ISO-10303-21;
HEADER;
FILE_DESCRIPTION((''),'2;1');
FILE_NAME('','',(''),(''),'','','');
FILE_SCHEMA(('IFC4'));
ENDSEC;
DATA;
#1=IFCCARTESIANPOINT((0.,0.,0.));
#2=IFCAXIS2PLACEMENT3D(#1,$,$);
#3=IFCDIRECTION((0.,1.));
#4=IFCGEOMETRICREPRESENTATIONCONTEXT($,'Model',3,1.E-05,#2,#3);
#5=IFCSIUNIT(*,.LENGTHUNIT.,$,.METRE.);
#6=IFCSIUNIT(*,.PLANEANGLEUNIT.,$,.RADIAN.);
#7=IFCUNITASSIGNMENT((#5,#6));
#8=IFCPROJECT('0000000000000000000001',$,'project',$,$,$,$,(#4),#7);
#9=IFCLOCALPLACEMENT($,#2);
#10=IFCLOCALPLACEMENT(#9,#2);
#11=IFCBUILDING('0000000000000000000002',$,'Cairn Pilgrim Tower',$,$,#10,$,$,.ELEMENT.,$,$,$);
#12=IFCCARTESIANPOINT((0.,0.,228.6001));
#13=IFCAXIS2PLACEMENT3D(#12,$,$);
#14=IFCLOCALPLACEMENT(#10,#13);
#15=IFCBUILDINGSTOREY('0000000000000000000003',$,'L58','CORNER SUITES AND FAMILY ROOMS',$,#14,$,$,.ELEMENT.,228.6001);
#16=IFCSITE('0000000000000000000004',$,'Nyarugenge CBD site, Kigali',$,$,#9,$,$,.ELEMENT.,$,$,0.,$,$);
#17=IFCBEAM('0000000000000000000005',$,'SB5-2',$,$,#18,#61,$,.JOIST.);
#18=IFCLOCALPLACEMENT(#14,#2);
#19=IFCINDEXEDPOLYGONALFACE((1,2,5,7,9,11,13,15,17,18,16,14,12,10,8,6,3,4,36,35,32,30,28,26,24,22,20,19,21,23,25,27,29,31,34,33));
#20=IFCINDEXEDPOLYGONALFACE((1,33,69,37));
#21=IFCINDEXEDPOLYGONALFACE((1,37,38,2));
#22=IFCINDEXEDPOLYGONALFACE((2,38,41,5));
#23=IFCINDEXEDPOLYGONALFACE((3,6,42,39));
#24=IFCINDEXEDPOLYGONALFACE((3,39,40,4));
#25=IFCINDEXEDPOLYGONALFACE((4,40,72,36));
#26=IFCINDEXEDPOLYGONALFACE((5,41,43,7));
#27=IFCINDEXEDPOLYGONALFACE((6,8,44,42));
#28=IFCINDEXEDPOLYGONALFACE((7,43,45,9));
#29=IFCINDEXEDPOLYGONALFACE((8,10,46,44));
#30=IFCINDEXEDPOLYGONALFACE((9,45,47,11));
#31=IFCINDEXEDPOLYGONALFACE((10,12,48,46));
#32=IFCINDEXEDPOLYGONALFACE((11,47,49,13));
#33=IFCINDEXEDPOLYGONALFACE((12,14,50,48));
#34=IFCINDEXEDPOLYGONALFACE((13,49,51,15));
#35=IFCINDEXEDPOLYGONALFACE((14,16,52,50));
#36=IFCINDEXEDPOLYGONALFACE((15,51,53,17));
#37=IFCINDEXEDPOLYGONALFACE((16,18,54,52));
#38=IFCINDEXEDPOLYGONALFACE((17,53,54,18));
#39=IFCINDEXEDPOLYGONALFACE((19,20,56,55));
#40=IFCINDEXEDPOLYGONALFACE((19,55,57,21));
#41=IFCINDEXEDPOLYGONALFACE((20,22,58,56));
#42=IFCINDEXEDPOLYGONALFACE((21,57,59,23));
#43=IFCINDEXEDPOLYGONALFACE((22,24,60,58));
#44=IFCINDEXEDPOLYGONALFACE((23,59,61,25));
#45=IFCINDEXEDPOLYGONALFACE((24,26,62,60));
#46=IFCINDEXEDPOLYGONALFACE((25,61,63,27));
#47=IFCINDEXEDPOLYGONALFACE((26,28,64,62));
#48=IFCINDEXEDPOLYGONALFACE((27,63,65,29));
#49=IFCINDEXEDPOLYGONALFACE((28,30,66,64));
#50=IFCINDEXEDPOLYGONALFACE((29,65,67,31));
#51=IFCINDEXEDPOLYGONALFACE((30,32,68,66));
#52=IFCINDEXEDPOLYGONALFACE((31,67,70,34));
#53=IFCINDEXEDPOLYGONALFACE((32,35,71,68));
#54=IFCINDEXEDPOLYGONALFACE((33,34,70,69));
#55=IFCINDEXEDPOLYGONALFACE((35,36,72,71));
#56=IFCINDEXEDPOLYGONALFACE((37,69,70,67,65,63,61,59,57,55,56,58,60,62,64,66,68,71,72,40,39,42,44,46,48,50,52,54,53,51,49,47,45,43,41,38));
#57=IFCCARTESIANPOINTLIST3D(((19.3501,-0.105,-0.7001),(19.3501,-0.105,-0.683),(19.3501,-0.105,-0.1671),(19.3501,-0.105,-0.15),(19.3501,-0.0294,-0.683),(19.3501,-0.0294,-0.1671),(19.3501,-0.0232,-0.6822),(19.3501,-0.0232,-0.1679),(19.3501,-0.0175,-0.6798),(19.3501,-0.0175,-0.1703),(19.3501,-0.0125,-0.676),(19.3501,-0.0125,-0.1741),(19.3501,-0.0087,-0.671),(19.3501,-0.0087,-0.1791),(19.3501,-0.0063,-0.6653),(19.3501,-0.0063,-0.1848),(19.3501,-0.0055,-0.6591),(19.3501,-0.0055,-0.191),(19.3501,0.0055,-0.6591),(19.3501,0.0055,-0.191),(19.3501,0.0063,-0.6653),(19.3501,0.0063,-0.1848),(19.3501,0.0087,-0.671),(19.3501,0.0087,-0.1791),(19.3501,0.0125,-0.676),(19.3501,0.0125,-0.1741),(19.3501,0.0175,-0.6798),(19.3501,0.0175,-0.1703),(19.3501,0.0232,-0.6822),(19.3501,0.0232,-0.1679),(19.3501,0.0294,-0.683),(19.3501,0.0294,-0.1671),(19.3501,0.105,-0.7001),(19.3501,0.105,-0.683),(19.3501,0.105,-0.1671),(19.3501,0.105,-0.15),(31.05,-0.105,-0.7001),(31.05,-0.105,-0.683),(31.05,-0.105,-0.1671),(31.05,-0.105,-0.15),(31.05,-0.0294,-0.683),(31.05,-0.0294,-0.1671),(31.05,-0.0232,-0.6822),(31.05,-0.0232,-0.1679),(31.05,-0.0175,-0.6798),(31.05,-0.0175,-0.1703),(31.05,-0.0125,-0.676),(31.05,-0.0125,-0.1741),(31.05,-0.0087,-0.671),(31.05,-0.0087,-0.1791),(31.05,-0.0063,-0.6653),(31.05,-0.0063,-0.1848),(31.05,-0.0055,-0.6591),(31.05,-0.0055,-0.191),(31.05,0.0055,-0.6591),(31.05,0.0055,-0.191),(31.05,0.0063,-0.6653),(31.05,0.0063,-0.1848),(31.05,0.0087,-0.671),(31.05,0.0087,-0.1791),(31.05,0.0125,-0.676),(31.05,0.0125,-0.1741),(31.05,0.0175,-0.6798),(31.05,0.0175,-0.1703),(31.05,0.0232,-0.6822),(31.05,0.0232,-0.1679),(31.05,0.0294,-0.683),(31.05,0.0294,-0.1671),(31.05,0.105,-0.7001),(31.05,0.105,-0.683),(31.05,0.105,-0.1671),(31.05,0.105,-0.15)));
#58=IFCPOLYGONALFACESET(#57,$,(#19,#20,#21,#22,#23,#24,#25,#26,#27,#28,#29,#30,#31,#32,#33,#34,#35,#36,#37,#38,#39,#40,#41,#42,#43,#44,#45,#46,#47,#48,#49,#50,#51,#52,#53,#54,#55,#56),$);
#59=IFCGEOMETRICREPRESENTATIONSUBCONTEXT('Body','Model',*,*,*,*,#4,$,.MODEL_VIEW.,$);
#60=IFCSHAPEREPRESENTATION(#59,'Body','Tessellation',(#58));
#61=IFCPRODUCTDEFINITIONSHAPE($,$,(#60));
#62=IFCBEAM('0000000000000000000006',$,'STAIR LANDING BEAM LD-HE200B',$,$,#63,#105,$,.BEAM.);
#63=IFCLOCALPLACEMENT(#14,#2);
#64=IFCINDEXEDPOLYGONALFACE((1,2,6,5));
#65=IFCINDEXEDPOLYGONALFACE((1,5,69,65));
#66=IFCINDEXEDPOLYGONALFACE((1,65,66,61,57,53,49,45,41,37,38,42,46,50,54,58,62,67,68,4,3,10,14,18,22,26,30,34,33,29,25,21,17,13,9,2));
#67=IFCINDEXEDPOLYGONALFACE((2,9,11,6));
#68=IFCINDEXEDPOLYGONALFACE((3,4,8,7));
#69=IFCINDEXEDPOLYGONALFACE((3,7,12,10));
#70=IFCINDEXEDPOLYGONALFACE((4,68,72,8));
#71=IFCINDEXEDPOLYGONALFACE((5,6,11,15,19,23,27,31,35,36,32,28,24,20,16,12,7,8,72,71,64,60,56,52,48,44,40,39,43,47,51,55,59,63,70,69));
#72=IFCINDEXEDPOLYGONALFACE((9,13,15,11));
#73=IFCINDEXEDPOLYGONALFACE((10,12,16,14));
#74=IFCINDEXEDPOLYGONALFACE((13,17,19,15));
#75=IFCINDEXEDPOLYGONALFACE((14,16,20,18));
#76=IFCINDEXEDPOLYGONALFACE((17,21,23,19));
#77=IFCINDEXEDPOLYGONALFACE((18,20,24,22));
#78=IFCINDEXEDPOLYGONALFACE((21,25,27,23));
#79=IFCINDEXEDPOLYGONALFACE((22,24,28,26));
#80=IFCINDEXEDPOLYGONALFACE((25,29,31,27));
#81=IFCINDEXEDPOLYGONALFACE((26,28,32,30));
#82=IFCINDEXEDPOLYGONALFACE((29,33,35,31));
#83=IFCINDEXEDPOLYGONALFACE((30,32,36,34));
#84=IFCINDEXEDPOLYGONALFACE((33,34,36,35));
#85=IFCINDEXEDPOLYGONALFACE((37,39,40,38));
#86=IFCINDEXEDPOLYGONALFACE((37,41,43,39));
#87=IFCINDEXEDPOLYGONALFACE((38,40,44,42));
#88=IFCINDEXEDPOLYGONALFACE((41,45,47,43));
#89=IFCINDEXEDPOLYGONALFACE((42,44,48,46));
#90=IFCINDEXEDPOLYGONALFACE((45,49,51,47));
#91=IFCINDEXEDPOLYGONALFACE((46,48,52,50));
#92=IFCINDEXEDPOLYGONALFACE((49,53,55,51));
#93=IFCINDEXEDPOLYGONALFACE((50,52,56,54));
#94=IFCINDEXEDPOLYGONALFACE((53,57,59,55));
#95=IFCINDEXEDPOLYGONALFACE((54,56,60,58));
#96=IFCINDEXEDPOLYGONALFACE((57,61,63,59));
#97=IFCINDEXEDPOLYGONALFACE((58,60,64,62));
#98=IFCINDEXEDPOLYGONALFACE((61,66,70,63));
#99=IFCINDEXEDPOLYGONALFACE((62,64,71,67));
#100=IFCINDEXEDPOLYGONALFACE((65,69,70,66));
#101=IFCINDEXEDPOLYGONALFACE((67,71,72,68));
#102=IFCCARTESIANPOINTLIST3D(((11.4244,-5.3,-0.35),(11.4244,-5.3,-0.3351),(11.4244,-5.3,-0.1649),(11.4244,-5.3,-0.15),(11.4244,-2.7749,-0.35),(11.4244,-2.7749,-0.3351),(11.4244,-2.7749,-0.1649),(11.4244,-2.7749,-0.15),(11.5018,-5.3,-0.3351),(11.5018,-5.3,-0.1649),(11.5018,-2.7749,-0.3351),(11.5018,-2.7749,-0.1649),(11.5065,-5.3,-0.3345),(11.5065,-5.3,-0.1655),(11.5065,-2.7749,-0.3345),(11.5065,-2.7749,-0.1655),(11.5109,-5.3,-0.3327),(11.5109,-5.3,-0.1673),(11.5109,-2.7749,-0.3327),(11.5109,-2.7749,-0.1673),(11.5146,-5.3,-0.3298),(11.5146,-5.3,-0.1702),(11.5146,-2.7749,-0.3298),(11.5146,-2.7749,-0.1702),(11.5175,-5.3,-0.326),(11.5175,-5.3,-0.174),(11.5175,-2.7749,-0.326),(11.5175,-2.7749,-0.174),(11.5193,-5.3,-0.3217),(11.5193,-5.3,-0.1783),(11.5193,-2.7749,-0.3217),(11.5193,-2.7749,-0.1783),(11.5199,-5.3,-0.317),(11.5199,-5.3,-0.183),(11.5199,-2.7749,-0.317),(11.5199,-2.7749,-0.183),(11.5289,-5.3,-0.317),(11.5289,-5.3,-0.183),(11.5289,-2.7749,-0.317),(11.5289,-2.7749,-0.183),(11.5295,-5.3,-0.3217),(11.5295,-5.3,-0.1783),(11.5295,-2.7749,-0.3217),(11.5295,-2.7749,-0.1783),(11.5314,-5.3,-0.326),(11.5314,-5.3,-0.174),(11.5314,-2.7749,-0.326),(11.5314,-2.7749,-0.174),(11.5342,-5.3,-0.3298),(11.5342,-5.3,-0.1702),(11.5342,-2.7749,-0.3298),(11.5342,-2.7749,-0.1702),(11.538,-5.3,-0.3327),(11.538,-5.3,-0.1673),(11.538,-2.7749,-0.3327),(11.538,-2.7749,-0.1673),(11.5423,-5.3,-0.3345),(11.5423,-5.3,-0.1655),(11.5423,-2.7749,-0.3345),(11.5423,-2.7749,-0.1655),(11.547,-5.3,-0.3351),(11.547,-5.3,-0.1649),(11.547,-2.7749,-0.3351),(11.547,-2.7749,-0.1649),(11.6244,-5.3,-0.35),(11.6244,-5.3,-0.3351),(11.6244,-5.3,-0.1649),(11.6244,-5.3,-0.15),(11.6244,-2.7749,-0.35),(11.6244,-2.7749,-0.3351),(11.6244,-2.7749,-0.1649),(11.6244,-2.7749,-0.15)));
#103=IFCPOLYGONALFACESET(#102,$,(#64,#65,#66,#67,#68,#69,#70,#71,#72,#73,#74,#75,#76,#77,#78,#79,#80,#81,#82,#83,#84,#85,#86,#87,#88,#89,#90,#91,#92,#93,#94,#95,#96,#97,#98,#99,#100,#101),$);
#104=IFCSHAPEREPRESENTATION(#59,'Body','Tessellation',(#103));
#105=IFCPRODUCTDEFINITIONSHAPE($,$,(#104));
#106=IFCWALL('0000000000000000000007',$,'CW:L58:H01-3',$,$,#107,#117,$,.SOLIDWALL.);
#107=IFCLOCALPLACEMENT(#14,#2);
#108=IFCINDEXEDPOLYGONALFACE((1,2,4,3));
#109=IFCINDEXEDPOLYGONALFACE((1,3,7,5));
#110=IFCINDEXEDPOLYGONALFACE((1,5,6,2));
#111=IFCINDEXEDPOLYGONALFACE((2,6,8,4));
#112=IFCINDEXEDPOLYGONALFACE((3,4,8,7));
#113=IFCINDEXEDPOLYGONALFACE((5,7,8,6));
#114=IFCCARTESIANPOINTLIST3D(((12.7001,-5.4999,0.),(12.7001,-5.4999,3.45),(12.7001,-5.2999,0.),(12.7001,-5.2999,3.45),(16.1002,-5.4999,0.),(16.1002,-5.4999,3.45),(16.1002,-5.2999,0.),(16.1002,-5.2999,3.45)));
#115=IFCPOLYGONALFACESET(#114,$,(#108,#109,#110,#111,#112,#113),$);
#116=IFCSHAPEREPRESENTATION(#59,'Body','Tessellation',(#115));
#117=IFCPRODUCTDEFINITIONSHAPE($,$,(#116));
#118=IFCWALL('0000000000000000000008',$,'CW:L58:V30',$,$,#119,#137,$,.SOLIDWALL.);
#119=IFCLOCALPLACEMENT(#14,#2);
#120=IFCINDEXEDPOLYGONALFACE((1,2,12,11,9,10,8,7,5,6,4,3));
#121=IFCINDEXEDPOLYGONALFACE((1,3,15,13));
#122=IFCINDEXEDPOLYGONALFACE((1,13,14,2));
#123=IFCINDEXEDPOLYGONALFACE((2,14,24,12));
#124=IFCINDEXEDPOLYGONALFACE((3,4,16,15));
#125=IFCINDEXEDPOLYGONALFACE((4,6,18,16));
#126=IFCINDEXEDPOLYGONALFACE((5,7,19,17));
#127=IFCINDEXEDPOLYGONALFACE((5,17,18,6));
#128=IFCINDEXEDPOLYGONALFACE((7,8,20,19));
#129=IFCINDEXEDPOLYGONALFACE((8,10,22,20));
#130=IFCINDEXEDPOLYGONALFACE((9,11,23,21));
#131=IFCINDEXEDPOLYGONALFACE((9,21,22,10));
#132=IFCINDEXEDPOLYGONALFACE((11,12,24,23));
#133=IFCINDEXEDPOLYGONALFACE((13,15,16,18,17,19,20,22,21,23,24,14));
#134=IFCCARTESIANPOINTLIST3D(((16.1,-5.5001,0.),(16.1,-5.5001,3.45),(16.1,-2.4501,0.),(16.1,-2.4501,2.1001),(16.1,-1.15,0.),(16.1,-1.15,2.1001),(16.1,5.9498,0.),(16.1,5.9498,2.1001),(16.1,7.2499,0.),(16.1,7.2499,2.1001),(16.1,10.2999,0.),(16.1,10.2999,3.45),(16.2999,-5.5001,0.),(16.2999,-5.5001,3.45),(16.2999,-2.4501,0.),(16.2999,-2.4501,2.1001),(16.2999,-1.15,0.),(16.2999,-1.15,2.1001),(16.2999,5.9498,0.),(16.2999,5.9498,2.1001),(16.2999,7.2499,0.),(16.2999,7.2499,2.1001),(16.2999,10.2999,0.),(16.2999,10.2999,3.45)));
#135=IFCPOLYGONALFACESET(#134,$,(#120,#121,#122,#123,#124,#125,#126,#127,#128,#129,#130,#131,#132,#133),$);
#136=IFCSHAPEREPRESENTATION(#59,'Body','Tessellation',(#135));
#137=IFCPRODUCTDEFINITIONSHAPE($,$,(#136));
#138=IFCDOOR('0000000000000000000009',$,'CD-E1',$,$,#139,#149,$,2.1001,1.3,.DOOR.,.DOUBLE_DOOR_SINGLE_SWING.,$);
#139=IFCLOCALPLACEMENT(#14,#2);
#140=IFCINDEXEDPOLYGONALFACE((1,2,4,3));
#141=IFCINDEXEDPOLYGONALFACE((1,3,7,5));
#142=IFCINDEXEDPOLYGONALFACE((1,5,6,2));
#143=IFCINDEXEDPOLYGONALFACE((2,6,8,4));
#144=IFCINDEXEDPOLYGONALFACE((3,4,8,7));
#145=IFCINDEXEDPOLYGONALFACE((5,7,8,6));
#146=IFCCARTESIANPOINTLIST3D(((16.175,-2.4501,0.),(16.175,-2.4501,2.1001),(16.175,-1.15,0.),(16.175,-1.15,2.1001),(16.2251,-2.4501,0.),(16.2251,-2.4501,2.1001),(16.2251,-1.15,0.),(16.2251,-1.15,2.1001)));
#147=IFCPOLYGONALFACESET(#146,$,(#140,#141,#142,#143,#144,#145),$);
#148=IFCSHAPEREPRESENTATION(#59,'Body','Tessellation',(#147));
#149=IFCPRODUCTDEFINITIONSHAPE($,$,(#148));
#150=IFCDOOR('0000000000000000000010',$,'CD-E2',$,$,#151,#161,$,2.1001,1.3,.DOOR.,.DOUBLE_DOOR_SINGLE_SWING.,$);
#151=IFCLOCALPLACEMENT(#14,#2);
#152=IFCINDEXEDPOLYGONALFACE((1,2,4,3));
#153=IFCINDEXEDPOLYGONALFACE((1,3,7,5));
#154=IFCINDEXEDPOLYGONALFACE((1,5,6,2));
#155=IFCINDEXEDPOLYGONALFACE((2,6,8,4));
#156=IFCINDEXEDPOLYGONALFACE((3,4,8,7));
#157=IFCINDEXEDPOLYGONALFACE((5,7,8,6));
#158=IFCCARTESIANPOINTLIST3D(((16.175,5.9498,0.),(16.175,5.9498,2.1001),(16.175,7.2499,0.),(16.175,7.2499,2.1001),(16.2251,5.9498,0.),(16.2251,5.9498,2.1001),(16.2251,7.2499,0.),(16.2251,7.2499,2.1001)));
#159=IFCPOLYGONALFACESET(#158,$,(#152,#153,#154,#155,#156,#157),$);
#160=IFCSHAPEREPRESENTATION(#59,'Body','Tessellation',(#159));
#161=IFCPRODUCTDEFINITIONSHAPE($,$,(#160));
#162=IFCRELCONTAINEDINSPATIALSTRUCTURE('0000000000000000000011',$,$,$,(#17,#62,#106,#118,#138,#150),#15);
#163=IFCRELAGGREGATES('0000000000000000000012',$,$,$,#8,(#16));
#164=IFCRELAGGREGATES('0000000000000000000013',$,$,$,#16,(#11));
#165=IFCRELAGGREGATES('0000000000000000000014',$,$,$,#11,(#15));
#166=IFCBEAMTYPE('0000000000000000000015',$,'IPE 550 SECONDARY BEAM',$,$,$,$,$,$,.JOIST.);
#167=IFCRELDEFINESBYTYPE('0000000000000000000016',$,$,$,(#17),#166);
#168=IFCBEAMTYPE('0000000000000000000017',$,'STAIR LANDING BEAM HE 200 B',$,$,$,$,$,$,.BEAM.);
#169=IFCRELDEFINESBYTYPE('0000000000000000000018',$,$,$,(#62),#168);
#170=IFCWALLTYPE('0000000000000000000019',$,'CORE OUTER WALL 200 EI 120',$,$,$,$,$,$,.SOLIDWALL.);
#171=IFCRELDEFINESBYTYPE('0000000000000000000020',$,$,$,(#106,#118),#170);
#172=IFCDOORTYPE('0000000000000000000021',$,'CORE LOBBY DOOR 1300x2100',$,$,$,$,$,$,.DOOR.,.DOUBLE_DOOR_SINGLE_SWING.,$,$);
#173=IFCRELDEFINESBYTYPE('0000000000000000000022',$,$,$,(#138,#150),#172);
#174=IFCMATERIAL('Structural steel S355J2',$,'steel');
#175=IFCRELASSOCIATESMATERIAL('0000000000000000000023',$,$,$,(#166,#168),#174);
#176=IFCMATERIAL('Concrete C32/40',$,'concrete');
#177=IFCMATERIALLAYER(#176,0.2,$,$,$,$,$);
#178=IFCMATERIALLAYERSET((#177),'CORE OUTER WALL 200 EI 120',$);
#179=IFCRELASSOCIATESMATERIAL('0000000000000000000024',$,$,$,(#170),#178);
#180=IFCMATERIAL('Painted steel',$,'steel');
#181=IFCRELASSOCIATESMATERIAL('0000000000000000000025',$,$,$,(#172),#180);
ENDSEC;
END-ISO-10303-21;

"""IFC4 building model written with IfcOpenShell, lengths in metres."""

from ifc_helpers import new_model, si_unit, direction, frame, frame_2d, origin, origin_2d, place, context, subcontext, project, spatial, rectangle, i_section, extrude, material, layer, layer_set, material_profile, profile_set, type_object, element, fill, save


model = new_model("IFC4")

# Units and contexts
model_context = context("Model", 3, precision=1e-05, world=origin(), true_north=direction((0.0, 1.0)))
body_context = subcontext(model_context, "Body", "Model", "MODEL_VIEW")
ifc_project = project(units=[si_unit("LENGTHUNIT", "METRE"), si_unit("PLANEANGLEUNIT", "RADIAN")], contexts=[model_context])

# Site, building, storey
site_placement = place(None, origin())
site = spatial("IfcSite", under=ifc_project, at=site_placement, Name="Nyarugenge CBD site, Kigali", CompositionType="ELEMENT", RefElevation=0.0)
building_placement = place(site_placement, origin())
building = spatial("IfcBuilding", under=site, at=building_placement, Name="Cairn Pilgrim Tower", CompositionType="ELEMENT")
storey_placement = place(building_placement, frame((0.0, 0.0, 228.6001)))
storey = spatial("IfcBuildingStorey", under=building, at=storey_placement, Name="L58", Description="CORNER SUITES AND FAMILY ROOMS", CompositionType="ELEMENT", Elevation=228.6001)

# Shared definitions
ifc_material_1 = material(Name="Structural steel S355J2", Category="steel")

# Beams
ifc_material_profile_1 = material_profile(ifc_material_1, i_section(OverallWidth=0.21, OverallDepth=0.55, WebThickness=0.011, FlangeThickness=0.0171, FilletRadius=0.0239, at=origin_2d()), Name="IPE 550")
ifc_profile_set_1 = profile_set([ifc_material_profile_1], Name="Structural steel S355J2")
beam_type_1 = type_object("IfcBeamType", Name="IPE 550 SECONDARY BEAM", PredefinedType="JOIST", material=ifc_profile_set_1)
for number, where, z_axis, x_axis, name in (
    (1, (19.3501, 0.0, -0.425), (1.0, 0.0, 0.0), (0.0, 1.0, 0.0), "SB5-2"),
):
    element("IfcBeam", number, at=place(storey_placement, frame(where, z_axis=z_axis, x_axis=x_axis)), inside=storey, type_object=beam_type_1, Name=name, PredefinedType="JOIST", context=body_context, shape_type="SweptSolid", body=[
        extrude(i_section(OverallWidth=0.21, OverallDepth=0.55, WebThickness=0.011, FlangeThickness=0.0171, FilletRadius=0.0239, at=origin_2d()), origin(), (0.0, 0.0, 1.0), 11.7),
    ])
ifc_material_profile_2 = material_profile(ifc_material_1, i_section(OverallWidth=0.2, OverallDepth=0.2, WebThickness=0.009, FlangeThickness=0.0149, FilletRadius=0.0181, at=origin_2d()), Name="HE 200 B")
ifc_profile_set_2 = profile_set([ifc_material_profile_2], Name="Structural steel S355J2")
beam_type_2 = type_object("IfcBeamType", Name="STAIR LANDING BEAM HE 200 B", PredefinedType="BEAM", material=ifc_profile_set_2)
beam_1_placement = place(storey_placement, frame((11.5244, -2.7749, -0.25), z_axis=(0.0, -1.0, 0.0), x_axis=(1.0, 0.0, 0.0)))
element("IfcBeam", 2, at=beam_1_placement, inside=storey, type_object=beam_type_2, Name="STAIR LANDING BEAM LD-HE200B", PredefinedType="BEAM", context=body_context, shape_type="SweptSolid", body=[
    extrude(i_section(OverallWidth=0.2, OverallDepth=0.2, WebThickness=0.009, FlangeThickness=0.0149, FilletRadius=0.0181, at=origin_2d()), origin(), (0.0, 0.0, 1.0), 2.5251),
])

# Wall
ifc_material_2 = material(Name="Concrete C32/40", Category="concrete")
ifc_layer_1 = layer(ifc_material_2, 0.2)
ifc_layer_set_1 = layer_set([ifc_layer_1], Name="CORE OUTER WALL 200 EI 120")
wall_type_1 = type_object("IfcWallType", Name="CORE OUTER WALL 200 EI 120", PredefinedType="SOLIDWALL", material=ifc_layer_set_1)
wall_1_placement = place(storey_placement, frame((12.7, -5.3999, 0.0), z_axis=(0.0, 0.0, 1.0), x_axis=(1.0, 0.0, 0.0)))
element("IfcWall", 3, at=wall_1_placement, inside=storey, type_object=wall_type_1, Name="CW:L58:H01-3", PredefinedType="SOLIDWALL", context=body_context, shape_type="SweptSolid", body=[
    extrude(rectangle(XDim=3.4001, YDim=0.2, at=frame_2d((1.7002, 0.0))), origin(), (0.0, 0.0, 1.0), 3.45),
])

# Wall, openings, doors
wall_2_placement = place(storey_placement, frame((16.2, -5.5, 0.0), z_axis=(0.0, 0.0, 1.0), x_axis=(0.0, 1.0, 0.0)))
wall_2 = element("IfcWall", 4, at=wall_2_placement, inside=storey, type_object=wall_type_1, Name="CW:L58:V30", PredefinedType="SOLIDWALL", context=body_context, shape_type="SweptSolid", body=[
    extrude(rectangle(XDim=15.8, YDim=0.2, at=frame_2d((7.8999, 0.0))), origin(), (0.0, 0.0, 1.0), 3.45),
])
opening_1_placement = place(wall_2_placement, frame((3.05, 0.0, 0.0)))
opening_1 = element("IfcOpeningElement", 5, at=opening_1_placement, cuts=wall_2, PredefinedType="OPENING", context=body_context, shape_type="SweptSolid", body=[
    extrude(rectangle(XDim=1.3, YDim=2.1001, at=frame_2d((0.6499, 1.05))), frame((0.0, 0.1099, 0.0), z_axis=(0.0, -1.0, 0.0), x_axis=(1.0, 0.0, 0.0)), (0.0, 0.0, 1.0), 0.22),
])
opening_2_placement = place(wall_2_placement, frame((11.45, 0.0, 0.0)))
opening_2 = element("IfcOpeningElement", 6, at=opening_2_placement, cuts=wall_2, PredefinedType="OPENING", context=body_context, shape_type="SweptSolid", body=[
    extrude(rectangle(XDim=1.3, YDim=2.1001, at=frame_2d((0.6499, 1.05))), frame((0.0, 0.1099, 0.0), z_axis=(0.0, -1.0, 0.0), x_axis=(1.0, 0.0, 0.0)), (0.0, 0.0, 1.0), 0.22),
])
ifc_material_3 = material(Name="Painted steel", Category="steel")
door_type_1 = type_object("IfcDoorType", Name="CORE LOBBY DOOR 1300x2100", OperationType="DOUBLE_DOOR_SINGLE_SWING", PredefinedType="DOOR", material=ifc_material_3)
door_1_placement = place(opening_1_placement, origin())
door_1 = element("IfcDoor", 7, at=door_1_placement, inside=storey, type_object=door_type_1, Name="CD-E1", OperationType="DOUBLE_DOOR_SINGLE_SWING", OverallHeight=2.1001, OverallWidth=1.3, PredefinedType="DOOR", context=body_context, shape_type="SweptSolid", body=[
    extrude(rectangle(XDim=1.3, YDim=2.1001, at=frame_2d((0.6499, 1.05))), frame((0.0, 0.0249, 0.0), z_axis=(0.0, -1.0, 0.0), x_axis=(1.0, 0.0, 0.0)), (0.0, 0.0, 1.0), 0.05),
])
fill(opening_1, door_1)
door_2_placement = place(opening_2_placement, origin())
door_2 = element("IfcDoor", 8, at=door_2_placement, inside=storey, type_object=door_type_1, Name="CD-E2", OperationType="DOUBLE_DOOR_SINGLE_SWING", OverallHeight=2.1001, OverallWidth=1.3, PredefinedType="DOOR", context=body_context, shape_type="SweptSolid", body=[
    extrude(rectangle(XDim=1.3, YDim=2.1001, at=frame_2d((0.6499, 1.05))), frame((0.0, 0.0249, 0.0), z_axis=(0.0, -1.0, 0.0), x_axis=(1.0, 0.0, 0.0)), (0.0, 0.0, 1.0), 0.05),
])
fill(opening_2, door_2)

save(model, "model.ifc")
